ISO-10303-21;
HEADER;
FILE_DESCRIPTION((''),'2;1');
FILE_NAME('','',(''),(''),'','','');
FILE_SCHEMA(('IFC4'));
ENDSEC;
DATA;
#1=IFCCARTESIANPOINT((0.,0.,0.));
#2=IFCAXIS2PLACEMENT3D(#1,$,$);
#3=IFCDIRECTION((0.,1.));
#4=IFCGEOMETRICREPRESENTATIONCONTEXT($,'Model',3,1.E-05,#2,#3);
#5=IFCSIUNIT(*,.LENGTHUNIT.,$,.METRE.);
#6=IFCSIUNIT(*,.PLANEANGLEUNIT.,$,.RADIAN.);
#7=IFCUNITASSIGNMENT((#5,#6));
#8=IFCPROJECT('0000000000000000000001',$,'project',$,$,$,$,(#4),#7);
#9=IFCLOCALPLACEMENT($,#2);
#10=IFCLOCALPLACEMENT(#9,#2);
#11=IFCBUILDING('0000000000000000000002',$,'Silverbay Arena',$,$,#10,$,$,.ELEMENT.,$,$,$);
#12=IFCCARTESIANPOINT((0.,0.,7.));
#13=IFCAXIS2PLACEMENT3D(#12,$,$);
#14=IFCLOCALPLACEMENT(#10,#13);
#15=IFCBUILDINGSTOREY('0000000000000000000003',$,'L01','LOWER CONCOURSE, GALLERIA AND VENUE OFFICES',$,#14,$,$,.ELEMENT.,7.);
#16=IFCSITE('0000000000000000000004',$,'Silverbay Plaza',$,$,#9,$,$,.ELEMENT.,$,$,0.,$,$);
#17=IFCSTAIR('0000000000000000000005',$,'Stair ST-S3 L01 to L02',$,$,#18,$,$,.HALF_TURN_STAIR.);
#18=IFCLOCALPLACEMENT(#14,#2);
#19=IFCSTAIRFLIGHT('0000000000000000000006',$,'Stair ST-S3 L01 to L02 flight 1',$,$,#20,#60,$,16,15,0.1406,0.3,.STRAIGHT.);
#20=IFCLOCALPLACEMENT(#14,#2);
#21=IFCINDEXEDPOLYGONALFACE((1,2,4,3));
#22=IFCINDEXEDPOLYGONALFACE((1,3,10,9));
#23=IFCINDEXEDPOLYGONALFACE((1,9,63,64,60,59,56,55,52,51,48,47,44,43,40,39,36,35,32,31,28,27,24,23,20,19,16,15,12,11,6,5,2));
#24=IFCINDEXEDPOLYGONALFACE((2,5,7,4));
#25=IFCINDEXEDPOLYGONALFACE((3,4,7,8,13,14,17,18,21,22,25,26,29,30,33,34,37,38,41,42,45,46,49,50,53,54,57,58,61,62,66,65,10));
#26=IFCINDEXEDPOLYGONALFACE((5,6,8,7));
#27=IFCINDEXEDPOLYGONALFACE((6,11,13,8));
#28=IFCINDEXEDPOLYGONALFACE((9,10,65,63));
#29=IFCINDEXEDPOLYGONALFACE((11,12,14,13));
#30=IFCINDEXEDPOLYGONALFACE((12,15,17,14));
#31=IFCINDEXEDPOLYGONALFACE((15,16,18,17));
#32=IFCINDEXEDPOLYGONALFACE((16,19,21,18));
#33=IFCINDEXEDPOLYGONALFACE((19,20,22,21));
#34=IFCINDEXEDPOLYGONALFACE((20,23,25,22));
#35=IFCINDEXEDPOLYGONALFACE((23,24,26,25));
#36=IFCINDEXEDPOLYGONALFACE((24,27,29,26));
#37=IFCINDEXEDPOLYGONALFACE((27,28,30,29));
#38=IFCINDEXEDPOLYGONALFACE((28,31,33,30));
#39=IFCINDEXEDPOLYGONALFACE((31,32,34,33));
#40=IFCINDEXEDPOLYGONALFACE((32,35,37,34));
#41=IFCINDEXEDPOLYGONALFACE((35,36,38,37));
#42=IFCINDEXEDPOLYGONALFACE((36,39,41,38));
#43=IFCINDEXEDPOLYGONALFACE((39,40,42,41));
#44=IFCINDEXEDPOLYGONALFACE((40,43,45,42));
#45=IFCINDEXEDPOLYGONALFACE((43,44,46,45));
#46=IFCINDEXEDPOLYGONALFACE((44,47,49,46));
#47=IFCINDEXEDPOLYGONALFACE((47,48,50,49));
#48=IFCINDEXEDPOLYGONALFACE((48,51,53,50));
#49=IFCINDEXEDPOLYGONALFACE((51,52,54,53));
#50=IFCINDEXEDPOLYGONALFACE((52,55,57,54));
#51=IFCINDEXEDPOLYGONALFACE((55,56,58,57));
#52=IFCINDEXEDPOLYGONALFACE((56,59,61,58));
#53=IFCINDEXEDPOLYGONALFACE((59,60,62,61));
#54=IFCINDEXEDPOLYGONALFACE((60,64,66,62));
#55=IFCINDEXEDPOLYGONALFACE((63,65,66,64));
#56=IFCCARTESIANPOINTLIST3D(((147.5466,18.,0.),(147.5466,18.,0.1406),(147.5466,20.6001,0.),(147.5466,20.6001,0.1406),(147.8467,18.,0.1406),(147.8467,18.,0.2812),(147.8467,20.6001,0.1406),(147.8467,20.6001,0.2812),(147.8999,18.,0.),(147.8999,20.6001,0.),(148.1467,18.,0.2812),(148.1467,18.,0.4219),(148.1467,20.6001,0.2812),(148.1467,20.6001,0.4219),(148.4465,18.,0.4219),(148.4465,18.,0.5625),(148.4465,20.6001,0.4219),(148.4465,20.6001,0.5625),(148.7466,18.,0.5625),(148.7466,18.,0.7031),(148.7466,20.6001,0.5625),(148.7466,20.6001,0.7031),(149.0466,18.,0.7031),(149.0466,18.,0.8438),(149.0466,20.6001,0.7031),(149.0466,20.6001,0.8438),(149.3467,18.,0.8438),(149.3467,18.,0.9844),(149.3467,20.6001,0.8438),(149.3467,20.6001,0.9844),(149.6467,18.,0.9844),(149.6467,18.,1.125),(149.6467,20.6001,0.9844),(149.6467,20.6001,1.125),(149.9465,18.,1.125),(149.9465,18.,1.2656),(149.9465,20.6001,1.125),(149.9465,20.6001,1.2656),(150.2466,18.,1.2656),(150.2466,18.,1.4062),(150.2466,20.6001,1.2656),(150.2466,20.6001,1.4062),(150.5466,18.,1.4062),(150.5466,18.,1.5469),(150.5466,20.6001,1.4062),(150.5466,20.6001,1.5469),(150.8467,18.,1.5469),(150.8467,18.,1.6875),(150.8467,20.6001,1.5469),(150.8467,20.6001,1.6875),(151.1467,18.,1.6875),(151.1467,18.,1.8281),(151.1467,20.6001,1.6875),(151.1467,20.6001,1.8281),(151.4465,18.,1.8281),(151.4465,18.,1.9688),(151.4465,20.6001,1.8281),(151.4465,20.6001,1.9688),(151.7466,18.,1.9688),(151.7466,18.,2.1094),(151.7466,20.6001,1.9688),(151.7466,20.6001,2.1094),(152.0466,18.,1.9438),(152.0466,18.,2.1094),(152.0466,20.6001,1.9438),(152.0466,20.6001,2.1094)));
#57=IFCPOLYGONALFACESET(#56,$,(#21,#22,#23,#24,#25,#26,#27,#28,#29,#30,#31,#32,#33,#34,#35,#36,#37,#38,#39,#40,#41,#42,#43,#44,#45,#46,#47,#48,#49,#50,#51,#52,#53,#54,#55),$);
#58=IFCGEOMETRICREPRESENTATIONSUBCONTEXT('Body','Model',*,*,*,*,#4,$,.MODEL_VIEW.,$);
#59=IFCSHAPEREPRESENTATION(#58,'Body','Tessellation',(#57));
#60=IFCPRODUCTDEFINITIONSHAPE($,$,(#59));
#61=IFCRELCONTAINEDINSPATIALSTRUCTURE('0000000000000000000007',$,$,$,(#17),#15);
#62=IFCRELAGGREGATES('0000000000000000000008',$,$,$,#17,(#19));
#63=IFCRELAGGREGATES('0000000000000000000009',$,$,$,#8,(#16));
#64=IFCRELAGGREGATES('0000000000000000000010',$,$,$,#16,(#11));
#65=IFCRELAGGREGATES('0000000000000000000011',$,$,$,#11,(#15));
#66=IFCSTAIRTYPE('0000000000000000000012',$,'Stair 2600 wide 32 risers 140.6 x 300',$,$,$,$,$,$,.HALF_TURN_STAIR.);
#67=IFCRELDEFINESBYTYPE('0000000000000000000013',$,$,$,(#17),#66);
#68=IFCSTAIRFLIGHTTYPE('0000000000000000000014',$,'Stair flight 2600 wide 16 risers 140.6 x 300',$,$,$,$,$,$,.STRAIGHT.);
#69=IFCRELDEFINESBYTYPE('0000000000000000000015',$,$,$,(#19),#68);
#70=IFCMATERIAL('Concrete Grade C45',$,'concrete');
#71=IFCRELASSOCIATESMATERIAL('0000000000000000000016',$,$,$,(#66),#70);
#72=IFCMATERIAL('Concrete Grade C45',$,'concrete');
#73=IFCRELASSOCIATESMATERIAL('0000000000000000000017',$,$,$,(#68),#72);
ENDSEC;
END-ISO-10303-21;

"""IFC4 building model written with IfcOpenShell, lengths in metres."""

from ifc_helpers import new_model, si_unit, direction, frame, origin, place, context, subcontext, project, spatial, polyline, outline, extrude, material, type_object, element, aggregate, save


model = new_model("IFC4")

# Units and contexts
model_context = context("Model", 3, precision=1e-05, world=origin(), true_north=direction((0.0, 1.0)))
body_context = subcontext(model_context, "Body", "Model", "MODEL_VIEW")
ifc_project = project(units=[si_unit("LENGTHUNIT", "METRE"), si_unit("PLANEANGLEUNIT", "RADIAN")], contexts=[model_context])

# Site, building, storey
site_placement = place(None, origin())
site = spatial("IfcSite", under=ifc_project, at=site_placement, Name="Silverbay Plaza", CompositionType="ELEMENT", RefElevation=0.0)
building_placement = place(site_placement, origin())
building = spatial("IfcBuilding", under=site, at=building_placement, Name="Silverbay Arena", CompositionType="ELEMENT")
storey_placement = place(building_placement, frame((0.0, 0.0, 7.0)))
storey = spatial("IfcBuildingStorey", under=building, at=storey_placement, Name="L01", Description="LOWER CONCOURSE, GALLERIA AND VENUE OFFICES", CompositionType="ELEMENT", Elevation=7.0)

# Stair, stair flight
ifc_material_1 = material(Name="Concrete Grade C45", Category="concrete")
stair_type = type_object("IfcStairType", Name="Stair 2600 wide 32 risers 140.6 x 300", PredefinedType="HALF_TURN_STAIR", material=ifc_material_1)
stair_placement = place(storey_placement, origin())
stair = element("IfcStair", 1, at=stair_placement, inside=storey, type_object=stair_type, Name="Stair ST-S3 L01 to L02", PredefinedType="HALF_TURN_STAIR")
ifc_material_2 = material(Name="Concrete Grade C45", Category="concrete")
stair_flight_type = type_object("IfcStairFlightType", Name="Stair flight 2600 wide 16 risers 140.6 x 300", PredefinedType="STRAIGHT", material=ifc_material_2)
stair_flight_placement = place(storey_placement, frame((147.5466, 19.3, 0.0), z_axis=(0.0, 0.0, 1.0), x_axis=(1.0, 0.0, 0.0)))
stair_flight = element("IfcStairFlight", 2, at=stair_flight_placement, type_object=stair_flight_type, Name="Stair ST-S3 L01 to L02 flight 1", NumberOfRisers=16, NumberOfTreads=15, PredefinedType="STRAIGHT", RiserHeight=0.1406, TreadLength=0.3, context=body_context, shape_type="SweptSolid", body=[
    extrude(outline(polyline([(0.0, 0.0), (0.0, 0.1406), (0.3, 0.1406), (0.3, 0.2812), (0.6001, 0.2812), (0.6001, 0.4219), (0.8999, 0.4219), (0.8999, 0.5625), (1.2, 0.5625), (1.2, 0.7031), (1.5, 0.7031), (1.5, 0.8438), (1.8, 0.8438), (1.8, 0.9844), (2.1001, 0.9844), (2.1001, 1.125), (2.3999, 1.125), (2.3999, 1.2656), (2.7, 1.2656), (2.7, 1.4062), (3.0, 1.4062), (3.0, 1.5469), (3.3, 1.5469), (3.3, 1.6875), (3.6001, 1.6875), (3.6001, 1.8281), (3.8999, 1.8281), (3.8999, 1.9688), (4.2, 1.9688), (4.2, 2.1094), (4.5, 2.1094), (4.5, 1.9438), (0.3533, 0.0), (0.0, 0.0)])), frame((0.0, 1.3, 0.0), z_axis=(0.0, -1.0, 0.0), x_axis=(1.0, 0.0, 0.0)), (0.0, 0.0, 1.0), 2.6001),
])
aggregate(stair, [stair_flight])

save(model, "model.ifc")
